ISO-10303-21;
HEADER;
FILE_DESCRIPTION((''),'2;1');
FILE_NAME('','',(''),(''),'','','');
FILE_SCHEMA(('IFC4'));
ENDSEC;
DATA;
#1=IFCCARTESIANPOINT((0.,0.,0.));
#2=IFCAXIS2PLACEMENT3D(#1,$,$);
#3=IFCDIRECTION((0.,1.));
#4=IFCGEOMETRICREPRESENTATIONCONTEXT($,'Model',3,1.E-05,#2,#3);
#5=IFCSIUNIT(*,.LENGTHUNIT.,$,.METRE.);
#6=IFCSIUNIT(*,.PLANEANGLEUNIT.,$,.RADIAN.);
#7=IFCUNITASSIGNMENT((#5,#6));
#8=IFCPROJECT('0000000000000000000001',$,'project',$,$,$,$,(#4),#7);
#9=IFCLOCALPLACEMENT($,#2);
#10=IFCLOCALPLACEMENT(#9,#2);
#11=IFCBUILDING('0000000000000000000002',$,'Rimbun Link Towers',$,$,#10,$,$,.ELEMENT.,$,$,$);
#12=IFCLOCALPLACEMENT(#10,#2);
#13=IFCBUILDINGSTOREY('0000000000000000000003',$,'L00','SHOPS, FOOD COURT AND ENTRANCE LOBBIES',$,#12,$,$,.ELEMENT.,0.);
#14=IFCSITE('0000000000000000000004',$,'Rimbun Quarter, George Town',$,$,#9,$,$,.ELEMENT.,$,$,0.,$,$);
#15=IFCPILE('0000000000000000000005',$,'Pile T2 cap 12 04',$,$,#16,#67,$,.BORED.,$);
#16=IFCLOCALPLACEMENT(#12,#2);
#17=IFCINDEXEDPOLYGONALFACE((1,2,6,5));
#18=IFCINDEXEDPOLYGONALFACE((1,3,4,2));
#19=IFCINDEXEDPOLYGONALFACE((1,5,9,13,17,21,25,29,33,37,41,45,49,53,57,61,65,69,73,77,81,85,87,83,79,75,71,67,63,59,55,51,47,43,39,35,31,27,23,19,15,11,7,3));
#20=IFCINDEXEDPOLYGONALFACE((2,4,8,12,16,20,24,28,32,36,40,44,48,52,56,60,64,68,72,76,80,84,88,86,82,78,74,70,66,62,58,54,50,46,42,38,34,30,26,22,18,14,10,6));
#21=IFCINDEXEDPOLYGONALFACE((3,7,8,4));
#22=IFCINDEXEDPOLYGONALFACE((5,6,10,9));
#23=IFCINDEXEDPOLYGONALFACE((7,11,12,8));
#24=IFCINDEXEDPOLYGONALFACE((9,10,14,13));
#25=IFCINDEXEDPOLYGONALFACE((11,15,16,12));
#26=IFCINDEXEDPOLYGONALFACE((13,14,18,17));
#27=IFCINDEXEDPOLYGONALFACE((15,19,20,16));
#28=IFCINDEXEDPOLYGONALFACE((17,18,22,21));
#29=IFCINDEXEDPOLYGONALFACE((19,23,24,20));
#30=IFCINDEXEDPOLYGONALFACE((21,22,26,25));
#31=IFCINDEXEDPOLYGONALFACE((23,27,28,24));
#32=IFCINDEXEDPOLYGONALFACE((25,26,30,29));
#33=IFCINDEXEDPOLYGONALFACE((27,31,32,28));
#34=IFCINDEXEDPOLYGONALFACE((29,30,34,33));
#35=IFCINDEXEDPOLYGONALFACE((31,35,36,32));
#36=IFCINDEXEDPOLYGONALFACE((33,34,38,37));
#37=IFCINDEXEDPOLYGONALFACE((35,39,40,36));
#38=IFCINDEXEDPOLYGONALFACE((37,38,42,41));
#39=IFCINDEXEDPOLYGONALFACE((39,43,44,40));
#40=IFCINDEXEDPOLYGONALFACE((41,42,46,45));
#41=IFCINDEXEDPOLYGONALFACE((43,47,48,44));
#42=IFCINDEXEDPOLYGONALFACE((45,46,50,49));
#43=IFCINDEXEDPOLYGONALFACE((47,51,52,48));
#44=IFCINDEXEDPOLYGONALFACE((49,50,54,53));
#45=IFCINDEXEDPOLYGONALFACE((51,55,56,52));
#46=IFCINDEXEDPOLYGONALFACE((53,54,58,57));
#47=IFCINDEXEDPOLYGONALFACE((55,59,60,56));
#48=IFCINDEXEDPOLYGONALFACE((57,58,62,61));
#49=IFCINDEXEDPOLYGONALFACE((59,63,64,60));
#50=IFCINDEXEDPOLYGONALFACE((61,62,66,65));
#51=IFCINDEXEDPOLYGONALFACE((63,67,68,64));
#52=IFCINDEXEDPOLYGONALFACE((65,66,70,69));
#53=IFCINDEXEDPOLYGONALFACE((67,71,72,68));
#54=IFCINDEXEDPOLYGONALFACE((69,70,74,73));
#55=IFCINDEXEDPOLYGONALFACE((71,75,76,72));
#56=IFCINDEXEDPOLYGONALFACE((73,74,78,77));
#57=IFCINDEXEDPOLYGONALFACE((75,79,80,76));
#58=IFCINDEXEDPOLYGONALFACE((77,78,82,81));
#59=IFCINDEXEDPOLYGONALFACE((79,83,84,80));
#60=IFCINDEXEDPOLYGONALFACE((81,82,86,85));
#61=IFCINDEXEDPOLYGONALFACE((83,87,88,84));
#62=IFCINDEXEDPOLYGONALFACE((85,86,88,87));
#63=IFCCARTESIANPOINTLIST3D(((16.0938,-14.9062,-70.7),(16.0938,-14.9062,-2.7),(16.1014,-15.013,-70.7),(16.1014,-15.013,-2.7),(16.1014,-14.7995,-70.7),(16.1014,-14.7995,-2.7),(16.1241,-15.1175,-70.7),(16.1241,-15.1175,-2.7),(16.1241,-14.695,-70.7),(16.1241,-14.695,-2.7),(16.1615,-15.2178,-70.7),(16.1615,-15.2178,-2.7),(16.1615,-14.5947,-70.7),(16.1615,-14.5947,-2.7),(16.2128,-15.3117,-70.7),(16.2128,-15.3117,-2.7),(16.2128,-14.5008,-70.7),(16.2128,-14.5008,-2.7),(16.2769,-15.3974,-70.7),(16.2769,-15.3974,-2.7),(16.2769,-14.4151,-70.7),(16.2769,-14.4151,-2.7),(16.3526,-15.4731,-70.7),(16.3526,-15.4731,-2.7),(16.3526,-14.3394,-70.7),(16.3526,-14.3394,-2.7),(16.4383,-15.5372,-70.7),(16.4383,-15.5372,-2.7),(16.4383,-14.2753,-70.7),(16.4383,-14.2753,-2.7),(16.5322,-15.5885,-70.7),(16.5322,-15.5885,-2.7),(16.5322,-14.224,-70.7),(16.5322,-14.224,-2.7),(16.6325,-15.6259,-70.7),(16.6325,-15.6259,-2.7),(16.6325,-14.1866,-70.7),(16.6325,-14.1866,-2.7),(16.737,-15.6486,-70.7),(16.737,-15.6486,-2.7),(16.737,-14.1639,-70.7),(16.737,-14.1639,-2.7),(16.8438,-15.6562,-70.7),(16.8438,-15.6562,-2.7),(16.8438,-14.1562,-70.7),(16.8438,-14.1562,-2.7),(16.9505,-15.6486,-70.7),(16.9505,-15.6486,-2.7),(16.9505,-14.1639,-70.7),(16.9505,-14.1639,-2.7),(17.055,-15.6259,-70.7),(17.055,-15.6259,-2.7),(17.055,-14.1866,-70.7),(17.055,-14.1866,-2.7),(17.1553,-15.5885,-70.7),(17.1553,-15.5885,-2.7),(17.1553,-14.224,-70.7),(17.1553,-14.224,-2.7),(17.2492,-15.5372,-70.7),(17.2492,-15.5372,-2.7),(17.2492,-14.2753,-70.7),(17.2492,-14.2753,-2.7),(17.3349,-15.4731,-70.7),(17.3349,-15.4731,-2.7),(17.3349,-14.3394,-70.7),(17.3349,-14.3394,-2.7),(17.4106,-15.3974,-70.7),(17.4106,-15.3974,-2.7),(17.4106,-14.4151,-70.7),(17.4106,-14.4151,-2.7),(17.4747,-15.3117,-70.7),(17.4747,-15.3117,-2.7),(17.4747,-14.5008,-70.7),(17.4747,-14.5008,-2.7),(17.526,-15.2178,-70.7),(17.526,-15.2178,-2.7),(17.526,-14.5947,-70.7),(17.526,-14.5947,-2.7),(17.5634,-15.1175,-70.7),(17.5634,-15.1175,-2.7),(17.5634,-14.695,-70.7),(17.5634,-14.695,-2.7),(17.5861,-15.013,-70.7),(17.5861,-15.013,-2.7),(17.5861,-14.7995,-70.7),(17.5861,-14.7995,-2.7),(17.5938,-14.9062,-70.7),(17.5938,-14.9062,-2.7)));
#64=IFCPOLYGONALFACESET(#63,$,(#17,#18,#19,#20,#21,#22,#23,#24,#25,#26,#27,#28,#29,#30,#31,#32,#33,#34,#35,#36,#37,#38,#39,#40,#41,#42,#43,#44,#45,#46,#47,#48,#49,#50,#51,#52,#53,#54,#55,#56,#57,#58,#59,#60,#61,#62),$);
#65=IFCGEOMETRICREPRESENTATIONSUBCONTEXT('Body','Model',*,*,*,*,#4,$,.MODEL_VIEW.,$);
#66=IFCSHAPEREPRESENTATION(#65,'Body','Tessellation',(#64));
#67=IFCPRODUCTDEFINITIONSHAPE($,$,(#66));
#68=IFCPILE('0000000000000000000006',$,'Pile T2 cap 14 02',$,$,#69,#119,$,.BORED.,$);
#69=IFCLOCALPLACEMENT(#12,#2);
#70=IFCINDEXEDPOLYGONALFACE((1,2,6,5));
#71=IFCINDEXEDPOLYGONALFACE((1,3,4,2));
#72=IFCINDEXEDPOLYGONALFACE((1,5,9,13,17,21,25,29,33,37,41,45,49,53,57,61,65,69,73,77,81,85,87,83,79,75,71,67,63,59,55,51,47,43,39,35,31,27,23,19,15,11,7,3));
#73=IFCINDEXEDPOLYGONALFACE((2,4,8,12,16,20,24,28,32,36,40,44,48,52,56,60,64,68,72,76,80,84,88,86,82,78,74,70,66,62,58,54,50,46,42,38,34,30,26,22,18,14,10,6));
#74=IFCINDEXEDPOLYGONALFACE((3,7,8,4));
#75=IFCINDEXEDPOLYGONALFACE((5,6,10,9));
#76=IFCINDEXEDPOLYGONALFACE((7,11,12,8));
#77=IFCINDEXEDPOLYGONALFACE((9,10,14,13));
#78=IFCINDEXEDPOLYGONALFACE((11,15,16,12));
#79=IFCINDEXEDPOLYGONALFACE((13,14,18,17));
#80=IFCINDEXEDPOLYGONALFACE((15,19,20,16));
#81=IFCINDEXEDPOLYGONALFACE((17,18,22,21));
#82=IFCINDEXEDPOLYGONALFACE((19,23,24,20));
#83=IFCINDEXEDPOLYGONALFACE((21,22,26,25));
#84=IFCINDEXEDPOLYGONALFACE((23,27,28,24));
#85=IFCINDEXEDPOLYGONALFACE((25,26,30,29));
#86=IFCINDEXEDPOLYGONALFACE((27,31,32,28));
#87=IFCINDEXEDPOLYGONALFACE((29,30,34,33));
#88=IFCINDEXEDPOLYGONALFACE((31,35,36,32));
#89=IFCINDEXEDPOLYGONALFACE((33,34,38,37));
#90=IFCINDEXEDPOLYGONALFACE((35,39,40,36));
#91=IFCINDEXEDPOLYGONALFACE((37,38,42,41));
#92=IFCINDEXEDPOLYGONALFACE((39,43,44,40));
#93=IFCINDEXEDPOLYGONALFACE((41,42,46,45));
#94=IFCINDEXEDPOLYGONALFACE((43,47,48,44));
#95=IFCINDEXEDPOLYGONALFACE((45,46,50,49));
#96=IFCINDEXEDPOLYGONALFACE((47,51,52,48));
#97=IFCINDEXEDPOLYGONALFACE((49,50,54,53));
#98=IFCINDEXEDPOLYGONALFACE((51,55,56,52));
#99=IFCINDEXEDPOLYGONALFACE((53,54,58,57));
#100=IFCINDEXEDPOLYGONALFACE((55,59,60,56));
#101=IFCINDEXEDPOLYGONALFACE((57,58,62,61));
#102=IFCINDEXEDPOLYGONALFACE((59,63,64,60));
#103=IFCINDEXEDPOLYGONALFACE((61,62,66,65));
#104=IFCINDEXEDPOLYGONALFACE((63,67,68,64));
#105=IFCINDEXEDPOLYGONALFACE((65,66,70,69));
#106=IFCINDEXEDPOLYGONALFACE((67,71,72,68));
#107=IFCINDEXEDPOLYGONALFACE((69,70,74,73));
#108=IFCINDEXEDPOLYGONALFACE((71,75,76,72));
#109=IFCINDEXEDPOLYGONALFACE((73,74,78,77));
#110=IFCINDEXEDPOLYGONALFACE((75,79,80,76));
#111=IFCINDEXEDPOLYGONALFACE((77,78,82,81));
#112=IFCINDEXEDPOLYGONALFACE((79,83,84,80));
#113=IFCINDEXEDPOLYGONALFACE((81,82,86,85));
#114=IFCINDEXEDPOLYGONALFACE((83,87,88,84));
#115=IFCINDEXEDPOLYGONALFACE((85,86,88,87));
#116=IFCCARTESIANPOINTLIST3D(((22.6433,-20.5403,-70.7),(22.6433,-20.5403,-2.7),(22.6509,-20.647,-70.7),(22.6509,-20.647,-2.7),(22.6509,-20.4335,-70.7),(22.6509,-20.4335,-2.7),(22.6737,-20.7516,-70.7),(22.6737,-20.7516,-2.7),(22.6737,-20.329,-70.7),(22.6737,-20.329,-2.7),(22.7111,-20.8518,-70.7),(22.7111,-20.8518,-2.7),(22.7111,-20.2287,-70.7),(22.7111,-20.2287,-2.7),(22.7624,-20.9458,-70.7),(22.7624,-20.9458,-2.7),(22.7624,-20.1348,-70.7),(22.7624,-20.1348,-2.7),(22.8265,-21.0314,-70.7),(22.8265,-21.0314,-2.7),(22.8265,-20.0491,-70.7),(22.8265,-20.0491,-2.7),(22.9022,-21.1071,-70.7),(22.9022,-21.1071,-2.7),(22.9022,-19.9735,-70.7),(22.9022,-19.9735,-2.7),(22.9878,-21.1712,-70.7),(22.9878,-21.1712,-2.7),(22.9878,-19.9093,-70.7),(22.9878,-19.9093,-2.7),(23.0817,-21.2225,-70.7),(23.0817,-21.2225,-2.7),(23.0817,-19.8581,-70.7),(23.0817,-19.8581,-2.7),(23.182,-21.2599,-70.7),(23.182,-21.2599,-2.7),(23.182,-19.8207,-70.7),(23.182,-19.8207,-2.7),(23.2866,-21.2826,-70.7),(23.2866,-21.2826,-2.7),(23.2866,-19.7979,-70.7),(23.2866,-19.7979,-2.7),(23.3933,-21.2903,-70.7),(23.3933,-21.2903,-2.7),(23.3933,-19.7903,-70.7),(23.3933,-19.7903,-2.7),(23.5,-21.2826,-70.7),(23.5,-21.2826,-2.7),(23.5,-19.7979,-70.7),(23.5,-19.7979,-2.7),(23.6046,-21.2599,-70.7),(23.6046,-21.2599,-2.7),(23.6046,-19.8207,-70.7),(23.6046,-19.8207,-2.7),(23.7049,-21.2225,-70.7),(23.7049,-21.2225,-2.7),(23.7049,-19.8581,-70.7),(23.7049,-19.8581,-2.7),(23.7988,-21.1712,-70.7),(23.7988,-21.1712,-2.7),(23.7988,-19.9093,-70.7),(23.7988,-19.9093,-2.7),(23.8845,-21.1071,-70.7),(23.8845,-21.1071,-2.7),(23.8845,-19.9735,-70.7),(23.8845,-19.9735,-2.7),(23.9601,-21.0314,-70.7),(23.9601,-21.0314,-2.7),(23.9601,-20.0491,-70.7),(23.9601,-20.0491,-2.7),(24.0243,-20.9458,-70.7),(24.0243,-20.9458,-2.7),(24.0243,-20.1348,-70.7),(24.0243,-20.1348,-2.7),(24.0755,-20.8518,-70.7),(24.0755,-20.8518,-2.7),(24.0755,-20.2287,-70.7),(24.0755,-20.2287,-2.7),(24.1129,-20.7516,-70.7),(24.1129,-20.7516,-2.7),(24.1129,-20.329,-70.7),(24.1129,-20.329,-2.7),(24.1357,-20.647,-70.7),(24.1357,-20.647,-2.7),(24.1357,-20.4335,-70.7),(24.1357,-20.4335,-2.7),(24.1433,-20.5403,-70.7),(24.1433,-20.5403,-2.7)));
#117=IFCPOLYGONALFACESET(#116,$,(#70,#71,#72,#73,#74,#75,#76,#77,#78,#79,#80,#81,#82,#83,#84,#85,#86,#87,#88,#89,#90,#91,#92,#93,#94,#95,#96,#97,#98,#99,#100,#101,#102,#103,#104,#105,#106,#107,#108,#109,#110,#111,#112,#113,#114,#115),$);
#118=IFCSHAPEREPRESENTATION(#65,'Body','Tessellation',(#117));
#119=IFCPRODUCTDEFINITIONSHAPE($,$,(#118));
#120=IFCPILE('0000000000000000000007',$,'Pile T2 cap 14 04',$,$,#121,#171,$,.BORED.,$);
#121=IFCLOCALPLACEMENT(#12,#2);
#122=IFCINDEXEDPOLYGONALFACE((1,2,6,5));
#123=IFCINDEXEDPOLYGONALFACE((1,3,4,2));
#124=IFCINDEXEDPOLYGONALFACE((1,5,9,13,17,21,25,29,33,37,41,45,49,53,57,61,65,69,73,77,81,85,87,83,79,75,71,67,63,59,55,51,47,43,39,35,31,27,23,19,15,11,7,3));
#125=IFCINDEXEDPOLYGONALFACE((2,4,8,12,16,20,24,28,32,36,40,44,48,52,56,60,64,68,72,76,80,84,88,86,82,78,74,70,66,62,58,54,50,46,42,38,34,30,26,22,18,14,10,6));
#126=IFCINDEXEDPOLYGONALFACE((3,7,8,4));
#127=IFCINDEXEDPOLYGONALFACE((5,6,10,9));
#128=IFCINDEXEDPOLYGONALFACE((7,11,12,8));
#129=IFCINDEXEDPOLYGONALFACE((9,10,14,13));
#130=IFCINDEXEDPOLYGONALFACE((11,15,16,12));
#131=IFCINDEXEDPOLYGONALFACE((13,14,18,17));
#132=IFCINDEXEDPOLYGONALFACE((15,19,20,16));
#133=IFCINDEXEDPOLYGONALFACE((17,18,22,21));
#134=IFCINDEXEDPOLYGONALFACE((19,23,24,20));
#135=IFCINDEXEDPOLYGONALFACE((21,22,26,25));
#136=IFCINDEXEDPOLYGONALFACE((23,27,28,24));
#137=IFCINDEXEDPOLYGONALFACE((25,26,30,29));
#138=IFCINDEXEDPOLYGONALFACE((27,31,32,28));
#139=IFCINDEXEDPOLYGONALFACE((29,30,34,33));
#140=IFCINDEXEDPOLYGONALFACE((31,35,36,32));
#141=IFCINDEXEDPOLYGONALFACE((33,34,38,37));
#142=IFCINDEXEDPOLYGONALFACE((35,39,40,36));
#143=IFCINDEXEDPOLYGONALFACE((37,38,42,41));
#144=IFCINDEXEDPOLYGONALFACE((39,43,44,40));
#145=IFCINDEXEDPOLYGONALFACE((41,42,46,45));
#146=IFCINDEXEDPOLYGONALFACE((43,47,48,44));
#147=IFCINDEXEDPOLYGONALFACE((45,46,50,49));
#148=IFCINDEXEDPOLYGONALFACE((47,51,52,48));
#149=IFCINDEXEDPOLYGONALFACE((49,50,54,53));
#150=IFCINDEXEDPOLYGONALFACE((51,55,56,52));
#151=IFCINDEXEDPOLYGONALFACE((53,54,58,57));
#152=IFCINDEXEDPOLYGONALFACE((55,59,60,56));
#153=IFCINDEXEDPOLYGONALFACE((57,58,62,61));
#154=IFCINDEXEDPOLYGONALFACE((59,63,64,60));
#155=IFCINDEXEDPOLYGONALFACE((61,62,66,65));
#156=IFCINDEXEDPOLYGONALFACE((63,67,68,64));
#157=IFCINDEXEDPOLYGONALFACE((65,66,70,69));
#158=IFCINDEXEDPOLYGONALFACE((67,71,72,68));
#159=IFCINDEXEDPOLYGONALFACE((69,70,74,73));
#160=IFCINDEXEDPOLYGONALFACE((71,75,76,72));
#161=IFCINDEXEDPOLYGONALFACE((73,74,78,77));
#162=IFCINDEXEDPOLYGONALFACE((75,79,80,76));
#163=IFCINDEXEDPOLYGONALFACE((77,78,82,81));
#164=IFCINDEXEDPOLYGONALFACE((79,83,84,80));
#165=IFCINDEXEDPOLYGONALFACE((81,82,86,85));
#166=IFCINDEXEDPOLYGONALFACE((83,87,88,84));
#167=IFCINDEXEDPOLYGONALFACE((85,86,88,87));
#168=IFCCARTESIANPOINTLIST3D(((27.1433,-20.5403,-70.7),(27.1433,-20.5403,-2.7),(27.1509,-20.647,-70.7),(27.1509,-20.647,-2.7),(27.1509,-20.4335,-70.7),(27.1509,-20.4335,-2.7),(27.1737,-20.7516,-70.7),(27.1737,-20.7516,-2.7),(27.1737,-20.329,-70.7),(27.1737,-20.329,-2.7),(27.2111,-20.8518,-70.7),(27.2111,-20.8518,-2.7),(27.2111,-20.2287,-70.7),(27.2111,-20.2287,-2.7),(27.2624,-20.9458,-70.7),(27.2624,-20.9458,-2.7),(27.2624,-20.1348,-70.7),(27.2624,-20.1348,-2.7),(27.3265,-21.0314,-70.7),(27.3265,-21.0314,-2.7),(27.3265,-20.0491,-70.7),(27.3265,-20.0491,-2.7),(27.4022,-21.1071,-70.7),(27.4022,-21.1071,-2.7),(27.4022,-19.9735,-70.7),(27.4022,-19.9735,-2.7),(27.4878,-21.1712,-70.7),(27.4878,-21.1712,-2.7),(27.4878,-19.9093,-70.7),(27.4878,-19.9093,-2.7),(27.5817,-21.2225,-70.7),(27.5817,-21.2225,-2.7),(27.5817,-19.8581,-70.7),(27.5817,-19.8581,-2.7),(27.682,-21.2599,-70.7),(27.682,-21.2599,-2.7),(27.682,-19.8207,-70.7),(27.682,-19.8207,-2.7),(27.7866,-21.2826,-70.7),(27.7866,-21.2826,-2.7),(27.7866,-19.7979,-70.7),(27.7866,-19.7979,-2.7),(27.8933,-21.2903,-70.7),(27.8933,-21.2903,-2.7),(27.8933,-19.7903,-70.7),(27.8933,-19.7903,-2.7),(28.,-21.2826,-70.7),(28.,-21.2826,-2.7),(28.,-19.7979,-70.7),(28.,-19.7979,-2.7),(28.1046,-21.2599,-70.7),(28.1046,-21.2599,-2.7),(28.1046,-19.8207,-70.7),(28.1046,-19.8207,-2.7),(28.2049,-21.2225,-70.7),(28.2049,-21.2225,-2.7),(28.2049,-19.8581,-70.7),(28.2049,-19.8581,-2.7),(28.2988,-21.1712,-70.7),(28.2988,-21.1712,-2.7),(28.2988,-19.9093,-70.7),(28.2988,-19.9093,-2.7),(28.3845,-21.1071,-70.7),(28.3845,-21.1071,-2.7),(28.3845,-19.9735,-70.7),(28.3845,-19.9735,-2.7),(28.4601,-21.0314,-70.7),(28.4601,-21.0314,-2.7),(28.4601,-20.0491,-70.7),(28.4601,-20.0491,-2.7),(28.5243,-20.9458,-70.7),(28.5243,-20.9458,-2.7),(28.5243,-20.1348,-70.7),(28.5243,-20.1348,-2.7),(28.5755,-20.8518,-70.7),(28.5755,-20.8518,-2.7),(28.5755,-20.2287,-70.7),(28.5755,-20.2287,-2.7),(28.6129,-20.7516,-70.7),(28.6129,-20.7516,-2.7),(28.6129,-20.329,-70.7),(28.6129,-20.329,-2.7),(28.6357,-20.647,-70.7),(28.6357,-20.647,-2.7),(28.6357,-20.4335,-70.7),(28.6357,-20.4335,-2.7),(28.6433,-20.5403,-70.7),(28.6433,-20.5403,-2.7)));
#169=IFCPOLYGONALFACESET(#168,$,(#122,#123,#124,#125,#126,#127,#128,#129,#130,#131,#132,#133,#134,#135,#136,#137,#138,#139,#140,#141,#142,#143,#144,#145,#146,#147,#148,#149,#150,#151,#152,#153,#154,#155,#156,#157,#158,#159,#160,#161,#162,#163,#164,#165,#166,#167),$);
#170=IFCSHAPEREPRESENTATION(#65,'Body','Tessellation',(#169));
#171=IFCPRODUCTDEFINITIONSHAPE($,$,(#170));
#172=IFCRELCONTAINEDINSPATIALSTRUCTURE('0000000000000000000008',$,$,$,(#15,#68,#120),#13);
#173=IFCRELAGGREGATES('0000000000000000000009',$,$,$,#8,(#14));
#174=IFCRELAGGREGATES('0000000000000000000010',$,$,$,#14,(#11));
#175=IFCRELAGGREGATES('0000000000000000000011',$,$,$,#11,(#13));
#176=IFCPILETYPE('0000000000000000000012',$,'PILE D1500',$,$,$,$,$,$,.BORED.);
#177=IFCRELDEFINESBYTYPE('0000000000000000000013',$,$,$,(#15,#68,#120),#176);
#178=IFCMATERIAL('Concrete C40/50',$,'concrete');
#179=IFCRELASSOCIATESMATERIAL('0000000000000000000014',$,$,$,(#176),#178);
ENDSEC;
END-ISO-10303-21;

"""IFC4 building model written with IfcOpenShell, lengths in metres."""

from ifc_helpers import new_model, si_unit, direction, frame, origin, origin_2d, place, context, subcontext, project, spatial, circle, extrude, material, material_profile, profile_set, type_object, element, save


model = new_model("IFC4")

# Units and contexts
model_context = context("Model", 3, precision=1e-05, world=origin(), true_north=direction((0.0, 1.0)))
body_context = subcontext(model_context, "Body", "Model", "MODEL_VIEW")
ifc_project = project(units=[si_unit("LENGTHUNIT", "METRE"), si_unit("PLANEANGLEUNIT", "RADIAN")], contexts=[model_context])

# Site, building, storey
site_placement = place(None, origin())
site = spatial("IfcSite", under=ifc_project, at=site_placement, Name="Rimbun Quarter, George Town", CompositionType="ELEMENT", RefElevation=0.0)
building_placement = place(site_placement, origin())
building = spatial("IfcBuilding", under=site, at=building_placement, Name="Rimbun Link Towers", CompositionType="ELEMENT")
storey_placement = place(building_placement, origin())
storey = spatial("IfcBuildingStorey", under=building, at=storey_placement, Name="L00", Description="SHOPS, FOOD COURT AND ENTRANCE LOBBIES", CompositionType="ELEMENT", Elevation=0.0)

# Piles
ifc_material_1 = material(Name="Concrete C40/50", Category="concrete")
ifc_material_profile_1 = material_profile(ifc_material_1, circle(Radius=0.75, at=origin_2d()), Name="PILE D1500")
ifc_profile_set_1 = profile_set([ifc_material_profile_1], Name="Concrete C40/50")
pile_type_1 = type_object("IfcPileType", Name="PILE D1500", PredefinedType="BORED", material=ifc_profile_set_1)
for number, where, z_axis, x_axis, name in (
    (1, (16.8438, -14.9062, -2.7), (0.0, 0.0, -1.0), (1.0, 0.0, 0.0), "Pile T2 cap 12 04"),
    (2, (23.3933, -20.5403, -2.7), (0.0, 0.0, -1.0), (1.0, 0.0, 0.0), "Pile T2 cap 14 02"),
    (3, (27.8933, -20.5403, -2.7), (0.0, 0.0, -1.0), (1.0, 0.0, 0.0), "Pile T2 cap 14 04"),
):
    element("IfcPile", number, at=place(storey_placement, frame(where, z_axis=z_axis, x_axis=x_axis)), inside=storey, type_object=pile_type_1, Name=name, PredefinedType="BORED", context=body_context, shape_type="SweptSolid", body=[
        extrude(circle(Radius=0.75, at=origin_2d()), origin(), (0.0, 0.0, 1.0), 68.0),
    ])

save(model, "model.ifc")
